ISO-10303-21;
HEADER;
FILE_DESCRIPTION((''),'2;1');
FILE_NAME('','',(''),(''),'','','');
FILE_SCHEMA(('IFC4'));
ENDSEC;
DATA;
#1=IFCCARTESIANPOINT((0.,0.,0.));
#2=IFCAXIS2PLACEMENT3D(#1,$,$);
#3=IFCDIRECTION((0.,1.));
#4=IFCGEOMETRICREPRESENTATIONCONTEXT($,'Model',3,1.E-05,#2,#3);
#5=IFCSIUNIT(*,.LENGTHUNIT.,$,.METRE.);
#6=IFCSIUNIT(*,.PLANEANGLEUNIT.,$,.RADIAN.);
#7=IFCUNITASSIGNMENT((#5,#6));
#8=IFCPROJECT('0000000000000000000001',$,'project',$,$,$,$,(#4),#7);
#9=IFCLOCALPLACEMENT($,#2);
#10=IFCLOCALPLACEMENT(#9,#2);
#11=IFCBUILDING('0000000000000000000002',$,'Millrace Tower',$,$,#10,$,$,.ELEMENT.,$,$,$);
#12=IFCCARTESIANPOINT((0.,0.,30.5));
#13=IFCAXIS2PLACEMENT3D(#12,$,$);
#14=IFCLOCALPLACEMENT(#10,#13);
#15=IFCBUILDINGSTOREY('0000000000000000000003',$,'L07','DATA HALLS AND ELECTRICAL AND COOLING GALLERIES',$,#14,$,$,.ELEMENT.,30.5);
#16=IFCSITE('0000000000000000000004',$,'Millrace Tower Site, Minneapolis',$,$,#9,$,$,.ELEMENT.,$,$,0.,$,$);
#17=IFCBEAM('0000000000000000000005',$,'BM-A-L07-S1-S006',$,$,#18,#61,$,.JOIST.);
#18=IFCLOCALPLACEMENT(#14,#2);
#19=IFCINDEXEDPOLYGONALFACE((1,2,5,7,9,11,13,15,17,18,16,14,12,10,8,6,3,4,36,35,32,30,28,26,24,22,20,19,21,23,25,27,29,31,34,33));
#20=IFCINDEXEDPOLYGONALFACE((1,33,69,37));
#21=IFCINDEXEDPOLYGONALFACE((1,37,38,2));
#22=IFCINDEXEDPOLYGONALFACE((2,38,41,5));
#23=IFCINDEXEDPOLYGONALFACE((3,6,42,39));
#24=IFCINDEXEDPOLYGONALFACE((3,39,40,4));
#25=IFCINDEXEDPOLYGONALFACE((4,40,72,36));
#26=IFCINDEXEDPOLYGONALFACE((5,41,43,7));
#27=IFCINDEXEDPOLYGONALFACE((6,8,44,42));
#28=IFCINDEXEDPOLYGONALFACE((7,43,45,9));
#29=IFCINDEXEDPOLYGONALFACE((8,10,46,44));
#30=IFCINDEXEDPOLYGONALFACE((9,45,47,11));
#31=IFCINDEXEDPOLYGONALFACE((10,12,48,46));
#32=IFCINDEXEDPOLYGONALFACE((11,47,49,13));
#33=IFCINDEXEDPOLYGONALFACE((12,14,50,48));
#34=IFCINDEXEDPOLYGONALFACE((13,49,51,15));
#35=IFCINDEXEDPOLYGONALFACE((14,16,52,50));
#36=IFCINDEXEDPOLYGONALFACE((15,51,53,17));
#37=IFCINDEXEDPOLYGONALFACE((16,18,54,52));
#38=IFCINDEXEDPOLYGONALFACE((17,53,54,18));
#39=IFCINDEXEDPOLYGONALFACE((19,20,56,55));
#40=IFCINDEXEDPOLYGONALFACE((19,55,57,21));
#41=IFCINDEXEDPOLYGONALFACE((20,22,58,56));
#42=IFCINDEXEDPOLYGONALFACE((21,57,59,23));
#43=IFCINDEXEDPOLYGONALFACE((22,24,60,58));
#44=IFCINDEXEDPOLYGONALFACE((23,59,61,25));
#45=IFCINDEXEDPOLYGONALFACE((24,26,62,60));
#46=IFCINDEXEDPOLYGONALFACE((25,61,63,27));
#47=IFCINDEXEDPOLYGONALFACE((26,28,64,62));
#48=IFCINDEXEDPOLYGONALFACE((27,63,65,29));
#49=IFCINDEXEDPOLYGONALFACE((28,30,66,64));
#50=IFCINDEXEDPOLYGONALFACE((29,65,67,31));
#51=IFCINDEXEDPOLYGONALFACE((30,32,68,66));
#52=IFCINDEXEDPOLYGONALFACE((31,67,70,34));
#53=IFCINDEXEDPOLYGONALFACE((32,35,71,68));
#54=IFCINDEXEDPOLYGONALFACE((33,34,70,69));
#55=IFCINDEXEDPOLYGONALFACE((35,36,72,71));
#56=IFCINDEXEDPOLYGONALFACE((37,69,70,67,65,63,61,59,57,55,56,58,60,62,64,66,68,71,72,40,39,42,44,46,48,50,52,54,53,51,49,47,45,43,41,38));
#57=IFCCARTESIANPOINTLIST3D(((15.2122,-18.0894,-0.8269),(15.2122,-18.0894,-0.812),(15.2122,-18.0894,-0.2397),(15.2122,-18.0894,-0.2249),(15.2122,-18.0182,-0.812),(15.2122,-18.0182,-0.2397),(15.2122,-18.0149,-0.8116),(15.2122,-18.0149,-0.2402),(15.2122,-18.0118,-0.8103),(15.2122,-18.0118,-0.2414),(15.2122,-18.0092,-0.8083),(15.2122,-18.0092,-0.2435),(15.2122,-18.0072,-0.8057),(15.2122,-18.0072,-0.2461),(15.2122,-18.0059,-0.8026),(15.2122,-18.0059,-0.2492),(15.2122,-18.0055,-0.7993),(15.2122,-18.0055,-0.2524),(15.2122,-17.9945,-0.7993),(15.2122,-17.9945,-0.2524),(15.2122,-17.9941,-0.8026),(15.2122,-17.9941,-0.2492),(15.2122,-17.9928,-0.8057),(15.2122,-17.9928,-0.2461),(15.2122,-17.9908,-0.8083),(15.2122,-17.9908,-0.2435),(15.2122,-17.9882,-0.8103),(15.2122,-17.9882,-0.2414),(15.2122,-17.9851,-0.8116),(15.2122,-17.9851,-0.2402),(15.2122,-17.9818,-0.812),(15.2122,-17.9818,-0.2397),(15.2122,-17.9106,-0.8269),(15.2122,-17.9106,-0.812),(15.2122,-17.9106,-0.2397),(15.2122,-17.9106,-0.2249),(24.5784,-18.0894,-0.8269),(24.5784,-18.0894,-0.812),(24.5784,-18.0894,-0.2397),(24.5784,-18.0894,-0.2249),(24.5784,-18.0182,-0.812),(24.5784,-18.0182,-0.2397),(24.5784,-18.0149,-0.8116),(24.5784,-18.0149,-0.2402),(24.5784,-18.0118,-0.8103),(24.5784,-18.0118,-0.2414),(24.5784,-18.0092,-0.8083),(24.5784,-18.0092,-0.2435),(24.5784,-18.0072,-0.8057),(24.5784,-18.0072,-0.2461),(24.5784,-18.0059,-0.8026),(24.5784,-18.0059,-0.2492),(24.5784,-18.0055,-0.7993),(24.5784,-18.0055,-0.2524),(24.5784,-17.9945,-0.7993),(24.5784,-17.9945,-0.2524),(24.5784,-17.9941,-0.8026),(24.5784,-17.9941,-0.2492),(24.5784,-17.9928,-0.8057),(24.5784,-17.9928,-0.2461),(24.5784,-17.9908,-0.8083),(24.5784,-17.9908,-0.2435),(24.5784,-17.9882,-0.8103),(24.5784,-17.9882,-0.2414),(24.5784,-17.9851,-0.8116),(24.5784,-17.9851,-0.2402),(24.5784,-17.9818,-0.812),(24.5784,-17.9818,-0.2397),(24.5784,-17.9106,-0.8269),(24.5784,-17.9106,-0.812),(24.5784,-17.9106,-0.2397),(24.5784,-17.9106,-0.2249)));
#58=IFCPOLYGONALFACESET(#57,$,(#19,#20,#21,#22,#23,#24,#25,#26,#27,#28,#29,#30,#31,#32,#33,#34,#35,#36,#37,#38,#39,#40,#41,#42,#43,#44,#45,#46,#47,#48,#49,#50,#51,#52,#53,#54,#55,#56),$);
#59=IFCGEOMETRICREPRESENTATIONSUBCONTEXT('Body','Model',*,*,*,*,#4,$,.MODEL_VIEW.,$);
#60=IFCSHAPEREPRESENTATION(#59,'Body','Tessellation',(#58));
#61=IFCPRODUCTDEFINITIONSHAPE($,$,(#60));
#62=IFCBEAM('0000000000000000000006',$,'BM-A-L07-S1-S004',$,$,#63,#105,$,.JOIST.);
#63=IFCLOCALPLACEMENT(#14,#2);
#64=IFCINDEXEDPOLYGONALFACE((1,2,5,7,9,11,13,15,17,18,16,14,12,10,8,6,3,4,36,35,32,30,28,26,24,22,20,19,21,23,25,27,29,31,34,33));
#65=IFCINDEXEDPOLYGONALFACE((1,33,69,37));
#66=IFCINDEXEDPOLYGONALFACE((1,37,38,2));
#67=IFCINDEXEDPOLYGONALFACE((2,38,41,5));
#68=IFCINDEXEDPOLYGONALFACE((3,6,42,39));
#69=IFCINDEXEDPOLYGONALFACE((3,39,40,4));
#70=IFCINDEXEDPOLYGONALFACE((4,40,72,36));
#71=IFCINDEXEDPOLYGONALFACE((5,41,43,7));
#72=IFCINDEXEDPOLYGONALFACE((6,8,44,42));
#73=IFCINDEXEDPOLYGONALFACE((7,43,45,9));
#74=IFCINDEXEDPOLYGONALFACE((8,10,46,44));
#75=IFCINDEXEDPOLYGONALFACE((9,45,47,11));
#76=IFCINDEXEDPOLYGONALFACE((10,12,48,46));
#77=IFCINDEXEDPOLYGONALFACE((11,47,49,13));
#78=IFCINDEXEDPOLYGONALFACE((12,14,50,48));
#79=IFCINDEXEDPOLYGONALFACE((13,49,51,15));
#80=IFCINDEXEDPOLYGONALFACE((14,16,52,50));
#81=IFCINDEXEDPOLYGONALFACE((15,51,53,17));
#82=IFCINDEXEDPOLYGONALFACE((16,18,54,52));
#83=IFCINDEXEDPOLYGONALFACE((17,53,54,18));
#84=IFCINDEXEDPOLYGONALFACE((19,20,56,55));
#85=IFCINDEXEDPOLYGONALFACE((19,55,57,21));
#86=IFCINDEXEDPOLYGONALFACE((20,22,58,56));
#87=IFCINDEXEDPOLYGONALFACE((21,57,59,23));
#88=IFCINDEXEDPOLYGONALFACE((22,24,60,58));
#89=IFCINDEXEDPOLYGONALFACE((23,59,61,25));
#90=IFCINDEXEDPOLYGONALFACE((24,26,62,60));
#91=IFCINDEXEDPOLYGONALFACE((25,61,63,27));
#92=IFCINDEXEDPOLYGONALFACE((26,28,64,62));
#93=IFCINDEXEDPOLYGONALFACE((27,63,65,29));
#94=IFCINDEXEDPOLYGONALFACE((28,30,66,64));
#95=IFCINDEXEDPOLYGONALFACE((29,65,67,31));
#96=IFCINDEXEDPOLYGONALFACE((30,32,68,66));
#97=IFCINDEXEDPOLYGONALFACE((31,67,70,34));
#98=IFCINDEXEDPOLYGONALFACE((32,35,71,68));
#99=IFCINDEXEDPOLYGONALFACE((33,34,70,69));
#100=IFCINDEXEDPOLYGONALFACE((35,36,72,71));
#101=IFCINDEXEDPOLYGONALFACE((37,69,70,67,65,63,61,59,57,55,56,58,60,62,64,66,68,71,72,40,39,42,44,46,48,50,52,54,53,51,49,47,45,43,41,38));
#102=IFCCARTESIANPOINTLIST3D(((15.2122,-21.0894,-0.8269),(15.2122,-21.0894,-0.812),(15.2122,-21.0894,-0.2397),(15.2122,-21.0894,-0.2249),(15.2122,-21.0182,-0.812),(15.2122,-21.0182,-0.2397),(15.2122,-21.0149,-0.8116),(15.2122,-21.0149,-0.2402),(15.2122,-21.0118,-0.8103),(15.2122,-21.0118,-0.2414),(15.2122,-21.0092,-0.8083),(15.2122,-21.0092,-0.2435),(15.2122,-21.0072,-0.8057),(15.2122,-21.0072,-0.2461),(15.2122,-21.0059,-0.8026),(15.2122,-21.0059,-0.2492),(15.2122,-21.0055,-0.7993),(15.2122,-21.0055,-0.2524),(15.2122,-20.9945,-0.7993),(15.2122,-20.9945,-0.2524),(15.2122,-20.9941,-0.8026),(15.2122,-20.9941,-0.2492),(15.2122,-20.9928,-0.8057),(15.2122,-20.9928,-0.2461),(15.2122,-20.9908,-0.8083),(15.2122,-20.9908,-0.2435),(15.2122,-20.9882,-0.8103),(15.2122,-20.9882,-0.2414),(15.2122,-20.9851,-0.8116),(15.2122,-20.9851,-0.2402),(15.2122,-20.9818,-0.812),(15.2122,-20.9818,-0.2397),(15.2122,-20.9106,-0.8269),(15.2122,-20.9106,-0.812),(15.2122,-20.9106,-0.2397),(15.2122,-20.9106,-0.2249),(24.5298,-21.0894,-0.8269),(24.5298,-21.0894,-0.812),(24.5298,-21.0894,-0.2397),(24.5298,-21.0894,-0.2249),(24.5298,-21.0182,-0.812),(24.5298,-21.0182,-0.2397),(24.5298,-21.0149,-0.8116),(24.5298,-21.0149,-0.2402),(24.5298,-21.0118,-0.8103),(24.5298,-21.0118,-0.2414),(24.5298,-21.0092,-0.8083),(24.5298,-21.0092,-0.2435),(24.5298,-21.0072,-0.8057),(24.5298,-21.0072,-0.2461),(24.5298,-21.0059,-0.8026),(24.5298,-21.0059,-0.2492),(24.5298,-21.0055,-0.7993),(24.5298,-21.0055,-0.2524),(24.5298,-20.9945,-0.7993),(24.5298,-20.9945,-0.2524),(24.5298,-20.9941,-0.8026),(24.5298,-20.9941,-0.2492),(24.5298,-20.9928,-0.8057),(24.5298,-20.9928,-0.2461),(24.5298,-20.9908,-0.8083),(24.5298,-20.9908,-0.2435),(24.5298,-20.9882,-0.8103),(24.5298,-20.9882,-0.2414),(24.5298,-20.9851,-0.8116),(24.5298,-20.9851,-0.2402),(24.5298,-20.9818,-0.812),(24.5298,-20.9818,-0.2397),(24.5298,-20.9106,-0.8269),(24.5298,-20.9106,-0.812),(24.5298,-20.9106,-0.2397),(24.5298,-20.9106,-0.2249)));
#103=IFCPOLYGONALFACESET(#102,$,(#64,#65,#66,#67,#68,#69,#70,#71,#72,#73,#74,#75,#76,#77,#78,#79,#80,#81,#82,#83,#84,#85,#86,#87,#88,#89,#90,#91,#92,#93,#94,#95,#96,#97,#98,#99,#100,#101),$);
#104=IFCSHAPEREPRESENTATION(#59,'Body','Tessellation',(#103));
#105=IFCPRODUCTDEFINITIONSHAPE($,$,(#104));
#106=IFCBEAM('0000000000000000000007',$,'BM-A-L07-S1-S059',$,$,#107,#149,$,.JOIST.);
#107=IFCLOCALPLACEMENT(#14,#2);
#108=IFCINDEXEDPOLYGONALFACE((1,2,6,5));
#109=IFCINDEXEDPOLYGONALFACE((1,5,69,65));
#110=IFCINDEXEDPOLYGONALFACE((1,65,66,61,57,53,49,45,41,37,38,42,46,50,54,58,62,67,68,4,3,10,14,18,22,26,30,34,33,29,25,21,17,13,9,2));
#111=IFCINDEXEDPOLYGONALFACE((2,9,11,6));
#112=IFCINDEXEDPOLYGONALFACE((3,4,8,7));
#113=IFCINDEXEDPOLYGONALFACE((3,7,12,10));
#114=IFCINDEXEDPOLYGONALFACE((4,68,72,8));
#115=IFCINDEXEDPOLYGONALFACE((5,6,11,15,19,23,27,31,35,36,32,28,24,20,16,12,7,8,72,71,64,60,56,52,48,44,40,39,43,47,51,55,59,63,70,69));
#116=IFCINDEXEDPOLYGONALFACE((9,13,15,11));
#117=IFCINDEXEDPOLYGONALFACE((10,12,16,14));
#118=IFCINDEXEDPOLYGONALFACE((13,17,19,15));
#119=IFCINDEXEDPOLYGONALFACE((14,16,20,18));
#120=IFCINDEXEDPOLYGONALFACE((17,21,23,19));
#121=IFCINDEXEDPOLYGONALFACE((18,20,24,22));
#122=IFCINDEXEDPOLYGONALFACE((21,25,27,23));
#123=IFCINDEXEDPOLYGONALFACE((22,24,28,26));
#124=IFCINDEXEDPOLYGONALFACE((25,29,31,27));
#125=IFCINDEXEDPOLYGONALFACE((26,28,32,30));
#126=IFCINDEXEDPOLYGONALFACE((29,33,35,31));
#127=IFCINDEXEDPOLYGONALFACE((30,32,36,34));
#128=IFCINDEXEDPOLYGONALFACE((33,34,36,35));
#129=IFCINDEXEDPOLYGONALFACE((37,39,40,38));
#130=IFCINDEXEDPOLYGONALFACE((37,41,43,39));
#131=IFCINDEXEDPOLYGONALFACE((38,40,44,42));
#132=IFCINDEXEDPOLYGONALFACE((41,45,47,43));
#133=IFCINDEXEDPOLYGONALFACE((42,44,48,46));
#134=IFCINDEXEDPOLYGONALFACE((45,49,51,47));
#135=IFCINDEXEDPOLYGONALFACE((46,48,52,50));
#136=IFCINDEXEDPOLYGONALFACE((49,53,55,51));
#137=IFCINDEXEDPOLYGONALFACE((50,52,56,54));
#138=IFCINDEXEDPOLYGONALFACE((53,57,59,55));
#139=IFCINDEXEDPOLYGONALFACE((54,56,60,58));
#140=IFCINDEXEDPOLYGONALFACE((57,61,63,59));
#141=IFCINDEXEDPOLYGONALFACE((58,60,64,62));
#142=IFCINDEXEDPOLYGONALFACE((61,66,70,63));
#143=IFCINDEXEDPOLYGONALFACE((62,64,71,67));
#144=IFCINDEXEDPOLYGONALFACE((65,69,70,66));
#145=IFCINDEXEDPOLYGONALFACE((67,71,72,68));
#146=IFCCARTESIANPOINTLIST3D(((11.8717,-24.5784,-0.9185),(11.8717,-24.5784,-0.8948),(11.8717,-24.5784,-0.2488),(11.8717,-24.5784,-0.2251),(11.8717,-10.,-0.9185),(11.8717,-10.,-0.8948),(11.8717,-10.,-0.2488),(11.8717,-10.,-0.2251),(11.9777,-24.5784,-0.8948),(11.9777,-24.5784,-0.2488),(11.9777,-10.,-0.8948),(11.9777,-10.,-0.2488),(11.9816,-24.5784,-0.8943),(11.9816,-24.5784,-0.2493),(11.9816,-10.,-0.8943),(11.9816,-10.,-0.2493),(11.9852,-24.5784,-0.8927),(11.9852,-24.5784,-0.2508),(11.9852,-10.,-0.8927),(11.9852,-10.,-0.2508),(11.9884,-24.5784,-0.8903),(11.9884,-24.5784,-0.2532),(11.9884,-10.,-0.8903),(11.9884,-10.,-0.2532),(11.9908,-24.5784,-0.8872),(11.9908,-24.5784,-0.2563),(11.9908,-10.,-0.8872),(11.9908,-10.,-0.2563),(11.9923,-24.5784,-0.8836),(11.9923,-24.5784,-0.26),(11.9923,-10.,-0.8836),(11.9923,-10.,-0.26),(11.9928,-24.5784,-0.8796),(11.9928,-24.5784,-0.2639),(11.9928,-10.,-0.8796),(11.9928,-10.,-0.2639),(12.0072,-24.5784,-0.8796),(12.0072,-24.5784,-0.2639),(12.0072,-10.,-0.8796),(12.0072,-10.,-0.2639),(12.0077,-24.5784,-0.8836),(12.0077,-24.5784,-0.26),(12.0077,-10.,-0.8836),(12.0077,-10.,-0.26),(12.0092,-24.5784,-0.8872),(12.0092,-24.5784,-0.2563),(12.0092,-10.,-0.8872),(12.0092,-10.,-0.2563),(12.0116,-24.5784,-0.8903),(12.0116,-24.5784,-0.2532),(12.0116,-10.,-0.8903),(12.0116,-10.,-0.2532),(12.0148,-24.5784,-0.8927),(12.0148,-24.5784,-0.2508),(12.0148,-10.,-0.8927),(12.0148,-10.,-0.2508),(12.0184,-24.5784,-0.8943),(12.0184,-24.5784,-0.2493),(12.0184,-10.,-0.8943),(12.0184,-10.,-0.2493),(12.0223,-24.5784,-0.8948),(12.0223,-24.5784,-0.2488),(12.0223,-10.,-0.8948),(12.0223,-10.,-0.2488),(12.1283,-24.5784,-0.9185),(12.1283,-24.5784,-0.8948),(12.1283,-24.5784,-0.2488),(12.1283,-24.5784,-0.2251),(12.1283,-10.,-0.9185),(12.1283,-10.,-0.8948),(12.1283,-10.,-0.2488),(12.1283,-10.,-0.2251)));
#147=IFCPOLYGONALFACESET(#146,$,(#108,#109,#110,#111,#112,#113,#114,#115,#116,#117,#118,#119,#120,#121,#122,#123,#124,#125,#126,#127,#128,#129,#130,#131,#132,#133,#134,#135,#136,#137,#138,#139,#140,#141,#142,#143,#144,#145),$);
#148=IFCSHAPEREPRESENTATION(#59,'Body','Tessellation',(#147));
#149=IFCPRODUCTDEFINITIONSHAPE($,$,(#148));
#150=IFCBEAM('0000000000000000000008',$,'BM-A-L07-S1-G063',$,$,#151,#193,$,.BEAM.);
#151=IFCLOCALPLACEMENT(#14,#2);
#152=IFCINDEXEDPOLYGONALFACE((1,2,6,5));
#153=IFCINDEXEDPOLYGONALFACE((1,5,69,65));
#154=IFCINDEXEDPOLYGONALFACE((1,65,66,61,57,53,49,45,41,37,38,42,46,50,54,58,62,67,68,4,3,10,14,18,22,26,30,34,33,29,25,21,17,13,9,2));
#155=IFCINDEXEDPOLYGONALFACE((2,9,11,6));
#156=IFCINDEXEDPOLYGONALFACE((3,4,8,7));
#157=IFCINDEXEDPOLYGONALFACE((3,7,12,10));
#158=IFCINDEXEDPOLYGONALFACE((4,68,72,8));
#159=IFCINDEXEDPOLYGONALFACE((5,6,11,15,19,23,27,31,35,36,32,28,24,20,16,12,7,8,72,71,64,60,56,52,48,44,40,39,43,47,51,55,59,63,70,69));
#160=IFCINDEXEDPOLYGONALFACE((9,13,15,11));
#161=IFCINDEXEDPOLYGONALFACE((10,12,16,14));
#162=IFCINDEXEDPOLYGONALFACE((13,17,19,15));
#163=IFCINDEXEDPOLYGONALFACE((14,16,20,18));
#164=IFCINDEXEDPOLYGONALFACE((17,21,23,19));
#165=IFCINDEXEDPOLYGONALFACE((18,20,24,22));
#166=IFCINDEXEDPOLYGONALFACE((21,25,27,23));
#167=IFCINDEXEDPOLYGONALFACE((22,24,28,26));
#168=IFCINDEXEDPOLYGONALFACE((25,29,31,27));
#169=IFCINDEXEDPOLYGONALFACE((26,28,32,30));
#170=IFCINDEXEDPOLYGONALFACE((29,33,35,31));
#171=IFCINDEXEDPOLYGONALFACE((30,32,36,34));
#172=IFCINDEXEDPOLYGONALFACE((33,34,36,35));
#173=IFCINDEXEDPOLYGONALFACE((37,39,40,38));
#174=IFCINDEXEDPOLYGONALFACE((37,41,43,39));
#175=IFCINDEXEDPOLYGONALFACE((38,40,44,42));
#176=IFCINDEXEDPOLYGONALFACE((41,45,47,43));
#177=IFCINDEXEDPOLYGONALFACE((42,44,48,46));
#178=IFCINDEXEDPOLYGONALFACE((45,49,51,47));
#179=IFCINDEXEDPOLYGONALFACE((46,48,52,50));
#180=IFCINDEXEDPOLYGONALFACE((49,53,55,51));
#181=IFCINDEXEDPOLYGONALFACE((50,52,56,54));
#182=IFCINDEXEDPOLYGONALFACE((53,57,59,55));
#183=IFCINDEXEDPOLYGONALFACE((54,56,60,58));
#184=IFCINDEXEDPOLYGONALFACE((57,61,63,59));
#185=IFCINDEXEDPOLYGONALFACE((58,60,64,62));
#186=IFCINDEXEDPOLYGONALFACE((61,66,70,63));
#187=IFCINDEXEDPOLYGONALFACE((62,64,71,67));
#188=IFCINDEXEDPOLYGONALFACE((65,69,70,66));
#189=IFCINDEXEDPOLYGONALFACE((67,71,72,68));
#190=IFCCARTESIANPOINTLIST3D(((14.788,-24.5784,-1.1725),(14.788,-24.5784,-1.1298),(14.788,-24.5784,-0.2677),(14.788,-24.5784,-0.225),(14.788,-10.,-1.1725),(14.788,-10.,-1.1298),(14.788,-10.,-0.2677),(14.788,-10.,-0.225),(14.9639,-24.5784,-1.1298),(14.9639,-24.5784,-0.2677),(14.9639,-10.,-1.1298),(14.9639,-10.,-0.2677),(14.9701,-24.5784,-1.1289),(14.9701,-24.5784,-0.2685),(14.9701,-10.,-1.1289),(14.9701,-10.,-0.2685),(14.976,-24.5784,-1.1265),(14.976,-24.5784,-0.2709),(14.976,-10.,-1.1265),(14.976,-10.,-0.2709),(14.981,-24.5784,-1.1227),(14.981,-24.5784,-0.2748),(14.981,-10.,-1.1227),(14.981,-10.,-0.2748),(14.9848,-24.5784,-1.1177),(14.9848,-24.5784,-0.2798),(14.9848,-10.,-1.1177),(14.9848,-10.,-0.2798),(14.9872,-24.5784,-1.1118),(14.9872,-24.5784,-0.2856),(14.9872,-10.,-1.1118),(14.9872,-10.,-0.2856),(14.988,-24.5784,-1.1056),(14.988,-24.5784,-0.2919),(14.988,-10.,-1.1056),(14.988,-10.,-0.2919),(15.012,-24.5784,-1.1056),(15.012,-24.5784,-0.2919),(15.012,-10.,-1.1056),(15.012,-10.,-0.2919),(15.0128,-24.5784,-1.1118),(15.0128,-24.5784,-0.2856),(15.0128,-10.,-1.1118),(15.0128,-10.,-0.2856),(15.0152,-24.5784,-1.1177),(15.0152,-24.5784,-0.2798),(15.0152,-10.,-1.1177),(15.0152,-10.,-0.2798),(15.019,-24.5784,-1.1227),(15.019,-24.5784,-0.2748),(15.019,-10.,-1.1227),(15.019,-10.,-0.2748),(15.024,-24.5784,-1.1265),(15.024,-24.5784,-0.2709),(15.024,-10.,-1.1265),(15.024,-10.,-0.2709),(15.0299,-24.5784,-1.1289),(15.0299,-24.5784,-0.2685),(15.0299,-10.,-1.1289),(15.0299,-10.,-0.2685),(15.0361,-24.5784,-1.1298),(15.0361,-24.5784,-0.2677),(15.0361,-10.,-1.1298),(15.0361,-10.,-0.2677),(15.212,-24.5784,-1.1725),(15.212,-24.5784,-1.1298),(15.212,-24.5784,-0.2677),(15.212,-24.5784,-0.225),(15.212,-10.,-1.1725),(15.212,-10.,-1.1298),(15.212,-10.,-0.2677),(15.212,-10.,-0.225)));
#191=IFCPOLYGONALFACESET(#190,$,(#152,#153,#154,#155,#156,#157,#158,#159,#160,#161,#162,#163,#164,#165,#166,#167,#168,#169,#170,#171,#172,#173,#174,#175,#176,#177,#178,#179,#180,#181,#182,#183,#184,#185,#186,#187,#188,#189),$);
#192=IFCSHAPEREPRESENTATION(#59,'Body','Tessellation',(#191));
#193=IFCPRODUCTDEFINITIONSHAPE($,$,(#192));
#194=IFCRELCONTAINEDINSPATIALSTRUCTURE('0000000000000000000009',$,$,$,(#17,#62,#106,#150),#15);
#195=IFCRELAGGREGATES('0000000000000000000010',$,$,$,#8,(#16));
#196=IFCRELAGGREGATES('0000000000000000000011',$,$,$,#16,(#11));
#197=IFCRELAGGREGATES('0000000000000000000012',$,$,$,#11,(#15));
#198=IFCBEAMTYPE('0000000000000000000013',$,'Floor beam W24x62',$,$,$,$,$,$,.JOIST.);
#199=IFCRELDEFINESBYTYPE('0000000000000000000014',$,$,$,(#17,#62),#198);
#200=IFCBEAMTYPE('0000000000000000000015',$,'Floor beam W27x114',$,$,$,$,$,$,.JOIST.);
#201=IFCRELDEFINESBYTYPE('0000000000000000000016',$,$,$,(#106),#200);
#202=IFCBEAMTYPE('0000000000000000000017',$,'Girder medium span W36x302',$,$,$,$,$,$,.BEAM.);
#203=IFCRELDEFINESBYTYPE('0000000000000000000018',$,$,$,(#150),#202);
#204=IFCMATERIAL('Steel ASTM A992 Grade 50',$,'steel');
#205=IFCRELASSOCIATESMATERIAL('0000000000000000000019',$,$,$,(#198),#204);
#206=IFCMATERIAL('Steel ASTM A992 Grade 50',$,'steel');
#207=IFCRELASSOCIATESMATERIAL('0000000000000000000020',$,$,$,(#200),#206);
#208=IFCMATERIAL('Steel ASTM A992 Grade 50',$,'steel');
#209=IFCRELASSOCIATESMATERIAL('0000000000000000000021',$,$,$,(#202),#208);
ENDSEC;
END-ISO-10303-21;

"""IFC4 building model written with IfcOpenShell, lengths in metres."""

from ifc_helpers import new_model, si_unit, direction, frame, origin, origin_2d, place, context, subcontext, project, spatial, i_section, extrude, material, material_profile, profile_set, type_object, element, save


model = new_model("IFC4")

# Units and contexts
model_context = context("Model", 3, precision=1e-05, world=origin(), true_north=direction((0.0, 1.0)))
body_context = subcontext(model_context, "Body", "Model", "MODEL_VIEW")
ifc_project = project(units=[si_unit("LENGTHUNIT", "METRE"), si_unit("PLANEANGLEUNIT", "RADIAN")], contexts=[model_context])

# Site, building, storey
site_placement = place(None, origin())
site = spatial("IfcSite", under=ifc_project, at=site_placement, Name="Millrace Tower Site, Minneapolis", CompositionType="ELEMENT", RefElevation=0.0)
building_placement = place(site_placement, origin())
building = spatial("IfcBuilding", under=site, at=building_placement, Name="Millrace Tower", CompositionType="ELEMENT")
storey_placement = place(building_placement, frame((0.0, 0.0, 30.5)))
storey = spatial("IfcBuildingStorey", under=building, at=storey_placement, Name="L07", Description="DATA HALLS AND ELECTRICAL AND COOLING GALLERIES", CompositionType="ELEMENT", Elevation=30.5)

# Beams
ifc_material_1 = material(Name="Steel ASTM A992 Grade 50", Category="steel")
ifc_material_profile_1 = material_profile(ifc_material_1, i_section(OverallWidth=0.1787, OverallDepth=0.6021, WebThickness=0.011, FlangeThickness=0.0149, FilletRadius=0.0127, at=origin_2d()))
ifc_profile_set_1 = profile_set([ifc_material_profile_1], Name="Steel ASTM A992 Grade 50")
beam_type_1 = type_object("IfcBeamType", Name="Floor beam W24x62", PredefinedType="JOIST", material=ifc_profile_set_1)
beam_1_placement = place(storey_placement, frame((15.2122, -18.0, -0.5259), z_axis=(1.0, 0.0, 0.0), x_axis=(0.0, 1.0, 0.0)))
element("IfcBeam", 1, at=beam_1_placement, inside=storey, type_object=beam_type_1, Name="BM-A-L07-S1-S006", PredefinedType="JOIST", context=body_context, shape_type="SweptSolid", body=[
    extrude(i_section(OverallWidth=0.1787, OverallDepth=0.6021, WebThickness=0.011, FlangeThickness=0.0149, FilletRadius=0.0127, at=origin_2d()), origin(), (0.0, 0.0, 1.0), 9.3662),
])
beam_2_placement = place(storey_placement, frame((15.2122, -21.0, -0.5259), z_axis=(1.0, 0.0, 0.0), x_axis=(0.0, 1.0, 0.0)))
element("IfcBeam", 2, at=beam_2_placement, inside=storey, type_object=beam_type_1, Name="BM-A-L07-S1-S004", PredefinedType="JOIST", context=body_context, shape_type="SweptSolid", body=[
    extrude(i_section(OverallWidth=0.1787, OverallDepth=0.6021, WebThickness=0.011, FlangeThickness=0.0149, FilletRadius=0.0127, at=origin_2d()), origin(), (0.0, 0.0, 1.0), 9.3176),
])
ifc_material_2 = material(Name="Steel ASTM A992 Grade 50", Category="steel")
ifc_material_profile_2 = material_profile(ifc_material_2, i_section(OverallWidth=0.2566, OverallDepth=0.6934, WebThickness=0.0144, FlangeThickness=0.0237, FilletRadius=0.0151, at=origin_2d()))
ifc_profile_set_2 = profile_set([ifc_material_profile_2], Name="Steel ASTM A992 Grade 50")
beam_type_2 = type_object("IfcBeamType", Name="Floor beam W27x114", PredefinedType="JOIST", material=ifc_profile_set_2)
beam_3_placement = place(storey_placement, frame((12.0, -24.5784, -0.5718), z_axis=(0.0, 1.0, 0.0), x_axis=(-1.0, 0.0, 0.0)))
element("IfcBeam", 3, at=beam_3_placement, inside=storey, type_object=beam_type_2, Name="BM-A-L07-S1-S059", PredefinedType="JOIST", context=body_context, shape_type="SweptSolid", body=[
    extrude(i_section(OverallWidth=0.2566, OverallDepth=0.6934, WebThickness=0.0144, FlangeThickness=0.0237, FilletRadius=0.0151, at=origin_2d()), origin(), (0.0, 0.0, 1.0), 14.5784),
])
ifc_material_3 = material(Name="Steel ASTM A992 Grade 50", Category="steel")
ifc_material_profile_3 = material_profile(ifc_material_3, i_section(OverallWidth=0.4241, OverallDepth=0.9475, WebThickness=0.0239, FlangeThickness=0.0427, FilletRadius=0.0242, at=origin_2d()))
ifc_profile_set_3 = profile_set([ifc_material_profile_3], Name="Steel ASTM A992 Grade 50")
beam_type_3 = type_object("IfcBeamType", Name="Girder medium span W36x302", PredefinedType="BEAM", material=ifc_profile_set_3)
beam_4_placement = place(storey_placement, frame((15.0, -24.5784, -0.6987), z_axis=(0.0, 1.0, 0.0), x_axis=(-1.0, 0.0, 0.0)))
element("IfcBeam", 4, at=beam_4_placement, inside=storey, type_object=beam_type_3, Name="BM-A-L07-S1-G063", PredefinedType="BEAM", context=body_context, shape_type="SweptSolid", body=[
    extrude(i_section(OverallWidth=0.4241, OverallDepth=0.9475, WebThickness=0.0239, FlangeThickness=0.0427, FilletRadius=0.0242, at=origin_2d()), origin(), (0.0, 0.0, 1.0), 14.5784),
])

save(model, "model.ifc")
